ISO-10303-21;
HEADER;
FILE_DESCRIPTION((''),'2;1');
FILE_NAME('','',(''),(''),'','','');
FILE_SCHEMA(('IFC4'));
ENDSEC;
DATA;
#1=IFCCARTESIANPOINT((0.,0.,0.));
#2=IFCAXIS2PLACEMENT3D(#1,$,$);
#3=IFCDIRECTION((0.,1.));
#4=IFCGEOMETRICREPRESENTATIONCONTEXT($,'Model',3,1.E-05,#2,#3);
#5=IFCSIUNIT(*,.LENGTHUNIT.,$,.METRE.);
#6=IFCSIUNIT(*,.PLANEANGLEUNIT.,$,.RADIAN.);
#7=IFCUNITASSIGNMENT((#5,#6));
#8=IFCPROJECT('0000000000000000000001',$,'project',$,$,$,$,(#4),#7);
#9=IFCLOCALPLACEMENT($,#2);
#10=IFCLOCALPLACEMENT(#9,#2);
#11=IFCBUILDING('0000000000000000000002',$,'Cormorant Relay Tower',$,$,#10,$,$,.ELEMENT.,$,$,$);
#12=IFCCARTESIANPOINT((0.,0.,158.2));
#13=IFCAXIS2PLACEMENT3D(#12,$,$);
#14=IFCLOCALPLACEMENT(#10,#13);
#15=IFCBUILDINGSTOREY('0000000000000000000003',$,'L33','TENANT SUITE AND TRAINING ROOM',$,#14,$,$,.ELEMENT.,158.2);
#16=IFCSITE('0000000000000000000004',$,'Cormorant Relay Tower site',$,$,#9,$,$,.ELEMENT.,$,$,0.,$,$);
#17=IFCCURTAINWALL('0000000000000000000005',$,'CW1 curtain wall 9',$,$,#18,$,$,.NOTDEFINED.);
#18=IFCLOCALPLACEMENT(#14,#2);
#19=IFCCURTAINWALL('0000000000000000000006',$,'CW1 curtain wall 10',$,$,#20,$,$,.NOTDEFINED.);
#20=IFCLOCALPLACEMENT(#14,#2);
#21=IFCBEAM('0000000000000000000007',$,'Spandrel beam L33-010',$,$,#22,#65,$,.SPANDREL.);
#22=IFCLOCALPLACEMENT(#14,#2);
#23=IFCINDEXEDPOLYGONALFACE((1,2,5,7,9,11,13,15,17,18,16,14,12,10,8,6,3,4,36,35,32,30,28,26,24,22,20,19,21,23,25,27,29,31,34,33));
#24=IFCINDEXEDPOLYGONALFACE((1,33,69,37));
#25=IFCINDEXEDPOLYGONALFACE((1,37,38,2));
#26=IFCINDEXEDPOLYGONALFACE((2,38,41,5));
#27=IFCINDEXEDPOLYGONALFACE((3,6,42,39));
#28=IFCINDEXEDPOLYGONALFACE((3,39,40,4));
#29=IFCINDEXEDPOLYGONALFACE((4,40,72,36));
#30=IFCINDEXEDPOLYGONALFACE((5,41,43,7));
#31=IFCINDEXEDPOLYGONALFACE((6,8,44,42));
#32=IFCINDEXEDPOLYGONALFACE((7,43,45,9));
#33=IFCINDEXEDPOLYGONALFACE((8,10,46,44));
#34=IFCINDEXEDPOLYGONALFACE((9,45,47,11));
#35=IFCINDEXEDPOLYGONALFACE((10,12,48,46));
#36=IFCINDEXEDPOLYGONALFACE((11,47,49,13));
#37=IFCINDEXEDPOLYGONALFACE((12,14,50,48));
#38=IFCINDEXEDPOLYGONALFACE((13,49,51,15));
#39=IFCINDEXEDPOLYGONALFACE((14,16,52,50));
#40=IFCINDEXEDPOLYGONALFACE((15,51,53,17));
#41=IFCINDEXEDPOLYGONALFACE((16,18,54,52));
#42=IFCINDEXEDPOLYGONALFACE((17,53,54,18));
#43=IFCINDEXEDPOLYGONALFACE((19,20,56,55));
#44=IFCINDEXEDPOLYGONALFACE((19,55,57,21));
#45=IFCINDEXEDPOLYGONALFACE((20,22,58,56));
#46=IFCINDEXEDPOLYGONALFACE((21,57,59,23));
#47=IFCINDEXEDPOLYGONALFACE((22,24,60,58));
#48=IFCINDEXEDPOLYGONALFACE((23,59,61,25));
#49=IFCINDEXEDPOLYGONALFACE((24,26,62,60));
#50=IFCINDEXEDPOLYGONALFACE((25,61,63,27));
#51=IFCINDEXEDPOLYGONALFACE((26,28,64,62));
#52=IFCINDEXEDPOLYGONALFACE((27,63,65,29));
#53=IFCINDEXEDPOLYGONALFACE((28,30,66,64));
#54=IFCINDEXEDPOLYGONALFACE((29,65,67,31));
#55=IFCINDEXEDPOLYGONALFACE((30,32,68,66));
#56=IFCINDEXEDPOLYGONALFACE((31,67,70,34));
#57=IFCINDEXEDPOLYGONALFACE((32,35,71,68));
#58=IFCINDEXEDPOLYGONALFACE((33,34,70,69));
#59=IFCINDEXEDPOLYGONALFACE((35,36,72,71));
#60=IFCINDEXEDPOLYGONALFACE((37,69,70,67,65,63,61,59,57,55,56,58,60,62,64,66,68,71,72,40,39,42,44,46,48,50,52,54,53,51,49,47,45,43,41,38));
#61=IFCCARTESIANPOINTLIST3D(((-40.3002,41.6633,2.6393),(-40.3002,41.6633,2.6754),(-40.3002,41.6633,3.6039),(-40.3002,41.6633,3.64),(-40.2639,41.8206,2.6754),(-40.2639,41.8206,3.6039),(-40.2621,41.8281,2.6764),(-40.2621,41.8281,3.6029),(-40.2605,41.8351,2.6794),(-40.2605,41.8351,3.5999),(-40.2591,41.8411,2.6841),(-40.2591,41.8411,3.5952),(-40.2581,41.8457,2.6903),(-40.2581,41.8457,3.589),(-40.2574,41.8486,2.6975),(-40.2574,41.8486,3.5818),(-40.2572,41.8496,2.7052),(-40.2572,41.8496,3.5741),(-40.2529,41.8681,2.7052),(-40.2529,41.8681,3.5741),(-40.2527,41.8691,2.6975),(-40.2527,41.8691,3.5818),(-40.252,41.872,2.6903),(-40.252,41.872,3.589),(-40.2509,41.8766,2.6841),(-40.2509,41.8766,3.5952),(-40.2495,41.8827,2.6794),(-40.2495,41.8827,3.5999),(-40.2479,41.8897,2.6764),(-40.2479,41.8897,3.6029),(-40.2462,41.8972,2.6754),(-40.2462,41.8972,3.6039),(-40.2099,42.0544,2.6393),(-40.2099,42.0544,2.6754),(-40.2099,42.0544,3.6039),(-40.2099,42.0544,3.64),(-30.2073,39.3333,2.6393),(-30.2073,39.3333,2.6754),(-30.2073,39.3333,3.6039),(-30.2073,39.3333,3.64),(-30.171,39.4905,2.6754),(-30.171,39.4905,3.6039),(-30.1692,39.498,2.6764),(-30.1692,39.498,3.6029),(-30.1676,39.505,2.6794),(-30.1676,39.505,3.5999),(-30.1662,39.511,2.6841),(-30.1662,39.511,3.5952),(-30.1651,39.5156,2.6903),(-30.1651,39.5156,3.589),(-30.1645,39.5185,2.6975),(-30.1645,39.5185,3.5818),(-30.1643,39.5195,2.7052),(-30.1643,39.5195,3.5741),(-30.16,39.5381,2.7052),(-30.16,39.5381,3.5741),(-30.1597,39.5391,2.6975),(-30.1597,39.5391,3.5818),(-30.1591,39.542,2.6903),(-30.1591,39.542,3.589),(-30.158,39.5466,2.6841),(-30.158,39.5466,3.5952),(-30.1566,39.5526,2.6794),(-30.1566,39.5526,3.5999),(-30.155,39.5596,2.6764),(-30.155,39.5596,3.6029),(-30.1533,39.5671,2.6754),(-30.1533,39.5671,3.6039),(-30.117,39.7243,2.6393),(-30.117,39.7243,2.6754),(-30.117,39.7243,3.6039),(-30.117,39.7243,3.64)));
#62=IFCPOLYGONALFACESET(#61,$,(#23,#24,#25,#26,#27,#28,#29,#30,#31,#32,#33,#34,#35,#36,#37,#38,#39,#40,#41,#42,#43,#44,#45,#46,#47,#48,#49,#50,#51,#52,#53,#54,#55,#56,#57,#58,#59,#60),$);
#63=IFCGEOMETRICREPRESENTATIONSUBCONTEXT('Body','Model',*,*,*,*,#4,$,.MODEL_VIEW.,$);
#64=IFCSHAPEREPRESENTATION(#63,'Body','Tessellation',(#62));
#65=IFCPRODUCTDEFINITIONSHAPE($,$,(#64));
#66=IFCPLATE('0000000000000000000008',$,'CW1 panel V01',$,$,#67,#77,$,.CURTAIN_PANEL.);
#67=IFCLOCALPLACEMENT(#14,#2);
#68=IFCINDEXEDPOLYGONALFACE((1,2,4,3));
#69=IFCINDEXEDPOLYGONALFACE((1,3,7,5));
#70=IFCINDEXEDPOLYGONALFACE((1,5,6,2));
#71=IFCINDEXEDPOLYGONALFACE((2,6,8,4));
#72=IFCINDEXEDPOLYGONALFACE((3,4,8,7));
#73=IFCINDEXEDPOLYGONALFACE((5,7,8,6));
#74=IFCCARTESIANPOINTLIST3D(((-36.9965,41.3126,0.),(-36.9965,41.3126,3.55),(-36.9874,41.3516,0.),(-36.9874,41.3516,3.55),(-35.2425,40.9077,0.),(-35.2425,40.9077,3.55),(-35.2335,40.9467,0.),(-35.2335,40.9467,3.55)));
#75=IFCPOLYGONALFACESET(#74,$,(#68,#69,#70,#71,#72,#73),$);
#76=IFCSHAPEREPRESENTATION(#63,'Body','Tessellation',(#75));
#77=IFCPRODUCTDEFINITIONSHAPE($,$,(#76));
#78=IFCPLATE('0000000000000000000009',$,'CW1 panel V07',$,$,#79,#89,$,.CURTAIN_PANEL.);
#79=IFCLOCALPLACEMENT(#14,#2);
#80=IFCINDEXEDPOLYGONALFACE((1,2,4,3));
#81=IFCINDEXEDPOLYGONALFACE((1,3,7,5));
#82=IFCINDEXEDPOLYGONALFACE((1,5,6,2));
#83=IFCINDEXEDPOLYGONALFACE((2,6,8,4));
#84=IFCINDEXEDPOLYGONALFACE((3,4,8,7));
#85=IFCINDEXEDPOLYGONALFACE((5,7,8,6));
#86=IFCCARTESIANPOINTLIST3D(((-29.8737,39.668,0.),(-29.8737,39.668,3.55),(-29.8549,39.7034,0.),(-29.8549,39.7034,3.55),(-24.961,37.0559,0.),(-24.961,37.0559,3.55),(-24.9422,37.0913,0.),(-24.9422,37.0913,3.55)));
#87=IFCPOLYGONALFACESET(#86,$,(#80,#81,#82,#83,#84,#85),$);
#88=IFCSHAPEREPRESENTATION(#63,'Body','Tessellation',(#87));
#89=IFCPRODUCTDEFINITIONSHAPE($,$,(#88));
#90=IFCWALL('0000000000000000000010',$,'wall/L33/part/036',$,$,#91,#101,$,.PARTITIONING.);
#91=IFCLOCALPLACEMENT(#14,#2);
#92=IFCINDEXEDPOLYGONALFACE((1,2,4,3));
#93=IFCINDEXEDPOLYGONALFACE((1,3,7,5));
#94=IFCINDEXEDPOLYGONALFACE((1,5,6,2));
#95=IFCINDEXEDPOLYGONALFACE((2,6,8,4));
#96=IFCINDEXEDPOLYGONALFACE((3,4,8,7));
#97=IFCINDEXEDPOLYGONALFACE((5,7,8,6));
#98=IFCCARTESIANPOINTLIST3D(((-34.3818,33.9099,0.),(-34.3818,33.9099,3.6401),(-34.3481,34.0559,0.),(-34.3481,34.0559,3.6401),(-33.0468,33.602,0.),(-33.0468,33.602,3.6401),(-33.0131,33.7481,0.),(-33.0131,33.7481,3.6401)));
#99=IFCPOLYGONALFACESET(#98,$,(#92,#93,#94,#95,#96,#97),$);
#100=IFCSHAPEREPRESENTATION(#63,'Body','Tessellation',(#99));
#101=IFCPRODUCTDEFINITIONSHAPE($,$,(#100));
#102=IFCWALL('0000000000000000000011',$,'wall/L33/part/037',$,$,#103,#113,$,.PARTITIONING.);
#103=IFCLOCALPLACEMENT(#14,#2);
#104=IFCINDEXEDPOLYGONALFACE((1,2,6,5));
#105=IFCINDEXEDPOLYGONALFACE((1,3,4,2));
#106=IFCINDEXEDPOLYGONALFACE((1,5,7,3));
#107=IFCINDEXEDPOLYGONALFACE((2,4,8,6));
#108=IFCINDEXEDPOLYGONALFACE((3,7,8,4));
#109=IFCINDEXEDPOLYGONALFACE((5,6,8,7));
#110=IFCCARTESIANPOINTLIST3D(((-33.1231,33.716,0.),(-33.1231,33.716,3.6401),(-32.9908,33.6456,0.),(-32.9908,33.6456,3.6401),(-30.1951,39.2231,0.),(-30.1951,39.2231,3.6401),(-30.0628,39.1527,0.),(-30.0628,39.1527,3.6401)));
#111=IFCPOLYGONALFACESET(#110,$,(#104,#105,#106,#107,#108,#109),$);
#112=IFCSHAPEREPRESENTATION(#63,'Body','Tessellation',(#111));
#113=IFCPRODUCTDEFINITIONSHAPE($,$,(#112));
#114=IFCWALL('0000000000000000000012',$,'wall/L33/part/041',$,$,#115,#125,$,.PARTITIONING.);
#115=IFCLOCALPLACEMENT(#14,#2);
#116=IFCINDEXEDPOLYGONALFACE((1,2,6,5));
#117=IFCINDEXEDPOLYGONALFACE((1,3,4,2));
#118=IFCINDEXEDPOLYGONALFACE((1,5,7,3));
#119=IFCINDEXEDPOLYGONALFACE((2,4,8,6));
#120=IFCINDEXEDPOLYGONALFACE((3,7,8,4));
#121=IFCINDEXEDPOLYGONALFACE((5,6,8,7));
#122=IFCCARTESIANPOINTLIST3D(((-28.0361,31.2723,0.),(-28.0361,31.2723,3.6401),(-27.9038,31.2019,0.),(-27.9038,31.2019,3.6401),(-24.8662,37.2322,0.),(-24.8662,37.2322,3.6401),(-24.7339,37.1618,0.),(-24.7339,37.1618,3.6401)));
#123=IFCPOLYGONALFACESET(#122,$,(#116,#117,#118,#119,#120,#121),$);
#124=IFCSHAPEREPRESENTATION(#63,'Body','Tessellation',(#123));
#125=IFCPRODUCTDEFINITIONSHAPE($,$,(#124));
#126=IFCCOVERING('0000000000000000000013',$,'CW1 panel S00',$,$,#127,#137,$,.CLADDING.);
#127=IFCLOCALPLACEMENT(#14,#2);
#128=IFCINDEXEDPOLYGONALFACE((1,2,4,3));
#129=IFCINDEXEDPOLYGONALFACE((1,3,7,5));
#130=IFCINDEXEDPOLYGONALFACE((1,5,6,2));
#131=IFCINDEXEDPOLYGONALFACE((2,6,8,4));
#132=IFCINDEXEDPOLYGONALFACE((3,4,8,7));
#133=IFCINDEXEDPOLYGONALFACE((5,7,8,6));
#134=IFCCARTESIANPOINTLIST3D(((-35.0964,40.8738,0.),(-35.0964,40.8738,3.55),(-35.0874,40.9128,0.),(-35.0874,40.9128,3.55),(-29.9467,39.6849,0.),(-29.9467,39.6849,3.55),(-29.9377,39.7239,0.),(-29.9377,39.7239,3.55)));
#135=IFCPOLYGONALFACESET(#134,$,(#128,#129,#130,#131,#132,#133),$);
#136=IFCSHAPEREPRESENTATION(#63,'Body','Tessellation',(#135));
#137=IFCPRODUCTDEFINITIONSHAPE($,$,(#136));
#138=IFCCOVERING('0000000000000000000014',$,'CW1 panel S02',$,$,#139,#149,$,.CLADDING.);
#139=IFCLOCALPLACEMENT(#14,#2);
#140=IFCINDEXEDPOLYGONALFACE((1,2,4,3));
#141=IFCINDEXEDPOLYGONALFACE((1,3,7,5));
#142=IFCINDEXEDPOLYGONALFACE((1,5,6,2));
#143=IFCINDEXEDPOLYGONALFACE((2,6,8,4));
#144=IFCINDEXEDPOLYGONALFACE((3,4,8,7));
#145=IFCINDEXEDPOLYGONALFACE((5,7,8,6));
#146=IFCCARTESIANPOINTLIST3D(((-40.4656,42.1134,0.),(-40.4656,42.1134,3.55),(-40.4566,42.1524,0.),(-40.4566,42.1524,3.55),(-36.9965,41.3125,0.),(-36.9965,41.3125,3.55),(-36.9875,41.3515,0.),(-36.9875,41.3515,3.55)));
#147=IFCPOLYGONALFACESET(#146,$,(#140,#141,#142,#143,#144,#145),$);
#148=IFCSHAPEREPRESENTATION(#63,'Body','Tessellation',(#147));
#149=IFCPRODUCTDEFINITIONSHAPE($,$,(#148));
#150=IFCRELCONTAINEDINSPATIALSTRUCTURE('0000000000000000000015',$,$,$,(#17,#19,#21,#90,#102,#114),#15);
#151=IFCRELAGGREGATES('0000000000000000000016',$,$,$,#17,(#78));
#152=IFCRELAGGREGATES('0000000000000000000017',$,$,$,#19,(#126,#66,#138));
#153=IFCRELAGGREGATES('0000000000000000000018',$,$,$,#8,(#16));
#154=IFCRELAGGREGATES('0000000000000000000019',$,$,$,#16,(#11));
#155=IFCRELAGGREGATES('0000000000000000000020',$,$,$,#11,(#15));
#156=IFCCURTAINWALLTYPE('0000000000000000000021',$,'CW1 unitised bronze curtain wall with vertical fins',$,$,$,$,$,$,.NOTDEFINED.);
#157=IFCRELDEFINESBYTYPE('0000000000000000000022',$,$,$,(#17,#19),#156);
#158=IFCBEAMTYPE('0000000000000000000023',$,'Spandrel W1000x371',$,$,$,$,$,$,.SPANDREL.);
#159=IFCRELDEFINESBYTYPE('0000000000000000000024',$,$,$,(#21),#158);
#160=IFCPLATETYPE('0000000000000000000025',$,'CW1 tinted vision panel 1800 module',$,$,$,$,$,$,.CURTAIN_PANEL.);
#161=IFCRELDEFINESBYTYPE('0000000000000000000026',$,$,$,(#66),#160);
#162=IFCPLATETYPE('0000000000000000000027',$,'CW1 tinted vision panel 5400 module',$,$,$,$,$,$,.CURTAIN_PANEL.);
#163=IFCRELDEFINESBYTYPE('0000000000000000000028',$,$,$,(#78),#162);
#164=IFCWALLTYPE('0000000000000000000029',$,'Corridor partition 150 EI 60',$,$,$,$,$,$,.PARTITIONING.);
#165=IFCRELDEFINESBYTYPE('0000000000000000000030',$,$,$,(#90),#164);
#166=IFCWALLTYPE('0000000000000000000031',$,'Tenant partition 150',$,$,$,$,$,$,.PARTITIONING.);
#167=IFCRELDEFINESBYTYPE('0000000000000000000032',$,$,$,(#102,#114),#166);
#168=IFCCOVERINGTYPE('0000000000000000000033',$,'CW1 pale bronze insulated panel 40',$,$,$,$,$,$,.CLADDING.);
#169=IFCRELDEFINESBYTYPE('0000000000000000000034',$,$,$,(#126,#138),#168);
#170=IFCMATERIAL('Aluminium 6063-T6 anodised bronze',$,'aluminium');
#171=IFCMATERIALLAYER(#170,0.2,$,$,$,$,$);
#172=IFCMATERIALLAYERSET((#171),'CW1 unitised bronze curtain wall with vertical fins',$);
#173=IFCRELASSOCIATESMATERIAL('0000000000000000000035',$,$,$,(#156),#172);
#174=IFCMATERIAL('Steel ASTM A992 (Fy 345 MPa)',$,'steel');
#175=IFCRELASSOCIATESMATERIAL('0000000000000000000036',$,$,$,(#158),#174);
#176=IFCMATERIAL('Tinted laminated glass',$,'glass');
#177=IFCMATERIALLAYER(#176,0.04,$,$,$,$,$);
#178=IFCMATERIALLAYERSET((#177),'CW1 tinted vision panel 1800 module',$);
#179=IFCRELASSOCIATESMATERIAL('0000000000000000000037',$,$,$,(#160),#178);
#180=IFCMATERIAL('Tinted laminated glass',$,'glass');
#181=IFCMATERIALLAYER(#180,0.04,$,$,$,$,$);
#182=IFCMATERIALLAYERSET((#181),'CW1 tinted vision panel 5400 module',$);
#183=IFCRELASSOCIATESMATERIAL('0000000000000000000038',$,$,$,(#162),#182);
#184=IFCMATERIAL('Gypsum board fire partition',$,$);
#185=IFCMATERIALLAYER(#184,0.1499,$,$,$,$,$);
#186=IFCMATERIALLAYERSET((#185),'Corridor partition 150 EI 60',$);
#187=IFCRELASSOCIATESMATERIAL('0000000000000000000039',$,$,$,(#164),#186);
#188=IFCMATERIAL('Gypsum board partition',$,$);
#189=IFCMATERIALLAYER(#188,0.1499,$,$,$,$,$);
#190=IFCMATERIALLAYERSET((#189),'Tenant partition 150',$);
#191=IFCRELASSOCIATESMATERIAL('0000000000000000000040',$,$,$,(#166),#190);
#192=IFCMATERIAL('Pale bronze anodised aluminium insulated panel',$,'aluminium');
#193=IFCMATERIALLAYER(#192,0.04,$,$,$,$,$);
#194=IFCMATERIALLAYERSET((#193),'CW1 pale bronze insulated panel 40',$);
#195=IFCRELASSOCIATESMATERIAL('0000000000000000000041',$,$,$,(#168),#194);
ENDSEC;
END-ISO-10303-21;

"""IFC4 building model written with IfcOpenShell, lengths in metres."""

from ifc_helpers import new_model, si_unit, direction, frame, frame_2d, origin, origin_2d, place, context, subcontext, project, spatial, rectangle, i_section, extrude, material, layer, layer_set, material_profile, profile_set, type_object, element, aggregate, save


model = new_model("IFC4")

# Units and contexts
model_context = context("Model", 3, precision=1e-05, world=origin(), true_north=direction((0.0, 1.0)))
body_context = subcontext(model_context, "Body", "Model", "MODEL_VIEW")
ifc_project = project(units=[si_unit("LENGTHUNIT", "METRE"), si_unit("PLANEANGLEUNIT", "RADIAN")], contexts=[model_context])

# Site, building, storey
site_placement = place(None, origin())
site = spatial("IfcSite", under=ifc_project, at=site_placement, Name="Cormorant Relay Tower site", CompositionType="ELEMENT", RefElevation=0.0)
building_placement = place(site_placement, origin())
building = spatial("IfcBuilding", under=site, at=building_placement, Name="Cormorant Relay Tower", CompositionType="ELEMENT")
storey_placement = place(building_placement, frame((0.0, 0.0, 158.2)))
storey = spatial("IfcBuildingStorey", under=building, at=storey_placement, Name="L33", Description="TENANT SUITE AND TRAINING ROOM", CompositionType="ELEMENT", Elevation=158.2)

# Curtain wall
ifc_material_1 = material(Name="Aluminium 6063-T6 anodised bronze", Category="aluminium")
ifc_layer_1 = layer(ifc_material_1, 0.2)
ifc_layer_set_1 = layer_set([ifc_layer_1], Name="CW1 unitised bronze curtain wall with vertical fins")
curtain_wall_type = type_object("IfcCurtainWallType", Name="CW1 unitised bronze curtain wall with vertical fins", PredefinedType="NOTDEFINED", material=ifc_layer_set_1)
curtain_wall_1_placement = place(storey_placement, origin())
curtain_wall_1 = element("IfcCurtainWall", 1, at=curtain_wall_1_placement, inside=storey, type_object=curtain_wall_type, Name="CW1 curtain wall 9", PredefinedType="NOTDEFINED")

# Curtain wall
curtain_wall_2_placement = place(storey_placement, origin())
curtain_wall_2 = element("IfcCurtainWall", 2, at=curtain_wall_2_placement, inside=storey, type_object=curtain_wall_type, Name="CW1 curtain wall 10", PredefinedType="NOTDEFINED")

# Beam
ifc_material_2 = material(Name="Steel ASTM A992 (Fy 345 MPa)", Category="steel")
ifc_material_profile_1 = material_profile(ifc_material_2, i_section(OverallWidth=0.4014, OverallDepth=1.0007, WebThickness=0.019, FlangeThickness=0.0361, FilletRadius=0.0298, at=origin_2d()), Name="W1000x371")
ifc_profile_set_1 = profile_set([ifc_material_profile_1], Name="Steel ASTM A992 (Fy 345 MPa)")
beam_type = type_object("IfcBeamType", Name="Spandrel W1000x371", PredefinedType="SPANDREL", material=ifc_profile_set_1)
beam_placement = place(storey_placement, frame((-30.1621, 39.5288, 3.1396), z_axis=(-0.974372, 0.224944, 0.0), x_axis=(-0.224944, -0.974372, 0.0)))
element("IfcBeam", 3, at=beam_placement, inside=storey, type_object=beam_type, Name="Spandrel beam L33-010", PredefinedType="SPANDREL", context=body_context, shape_type="SweptSolid", body=[
    extrude(i_section(OverallWidth=0.4014, OverallDepth=1.0007, WebThickness=0.019, FlangeThickness=0.0361, FilletRadius=0.0298, at=origin_2d()), origin(), (0.0, 0.0, 1.0), 10.3584),
])

# Plates
ifc_material_3 = material(Name="Tinted laminated glass", Category="glass")
ifc_layer_2 = layer(ifc_material_3, 0.04)
ifc_layer_set_2 = layer_set([ifc_layer_2], Name="CW1 tinted vision panel 1800 module")
plate_type_1 = type_object("IfcPlateType", Name="CW1 tinted vision panel 1800 module", PredefinedType="CURTAIN_PANEL", material=ifc_layer_set_2)
plate_1_placement = place(storey_placement, frame((-36.115, 41.1296, 0.0), z_axis=(0.0, 0.0, 1.0), x_axis=(-0.97437, 0.224951, 0.0)))
plate_1 = element("IfcPlate", 4, at=plate_1_placement, type_object=plate_type_1, Name="CW1 panel V01", PredefinedType="CURTAIN_PANEL", context=body_context, shape_type="SweptSolid", body=[
    extrude(rectangle(XDim=1.8, YDim=0.04, at=origin_2d()), origin(), (0.0, 0.0, 1.0), 3.55),
])
ifc_material_4 = material(Name="Tinted laminated glass", Category="glass")
ifc_layer_3 = layer(ifc_material_4, 0.04)
ifc_layer_set_3 = layer_set([ifc_layer_3], Name="CW1 tinted vision panel 5400 module")
plate_type_2 = type_object("IfcPlateType", Name="CW1 tinted vision panel 5400 module", PredefinedType="CURTAIN_PANEL", material=ifc_layer_set_3)
plate_2_placement = place(storey_placement, frame((-27.408, 38.3796, 0.0), z_axis=(0.0, 0.0, 1.0), x_axis=(-0.882948, 0.469472, 0.0)))
plate_2 = element("IfcPlate", 5, at=plate_2_placement, type_object=plate_type_2, Name="CW1 panel V07", PredefinedType="CURTAIN_PANEL", context=body_context, shape_type="SweptSolid", body=[
    extrude(rectangle(XDim=5.564, YDim=0.04, at=origin_2d()), origin(), (0.0, 0.0, 1.0), 3.55),
])
aggregate(curtain_wall_1, [plate_2])

# Walls
ifc_material_5 = material(Name="Gypsum board fire partition")
ifc_layer_4 = layer(ifc_material_5, 0.1499)
ifc_layer_set_4 = layer_set([ifc_layer_4], Name="Corridor partition 150 EI 60")
wall_type_1 = type_object("IfcWallType", Name="Corridor partition 150 EI 60", PredefinedType="PARTITIONING", material=ifc_layer_set_4)
wall_1_placement = place(storey_placement, frame((-34.365, 33.9829, 0.0), z_axis=(0.0, 0.0, 1.0), x_axis=(0.974424, -0.224716, 0.0)))
element("IfcWall", 6, at=wall_1_placement, inside=storey, type_object=wall_type_1, Name="wall/L33/part/036", PredefinedType="PARTITIONING", context=body_context, shape_type="SweptSolid", body=[
    extrude(rectangle(XDim=1.3701, YDim=0.1499, at=frame_2d((0.6851, 0.0))), origin(), (0.0, 0.0, 1.0), 3.6401),
])
ifc_material_6 = material(Name="Gypsum board partition")
ifc_layer_5 = layer(ifc_material_6, 0.1499)
ifc_layer_set_5 = layer_set([ifc_layer_5], Name="Tenant partition 150")
wall_type_2 = type_object("IfcWallType", Name="Tenant partition 150", PredefinedType="PARTITIONING", material=ifc_layer_set_5)
wall_2_placement = place(storey_placement, frame((-30.1289, 39.188, 0.0), z_axis=(0.0, 0.0, 1.0), x_axis=(-0.469448, -0.88296, 0.0)))
element("IfcWall", 7, at=wall_2_placement, inside=storey, type_object=wall_type_2, Name="wall/L33/part/037", PredefinedType="PARTITIONING", context=body_context, shape_type="SweptSolid", body=[
    extrude(rectangle(XDim=6.2371, YDim=0.1499, at=frame_2d((3.1187, 0.0))), origin(), (0.0, 0.0, 1.0), 3.6401),
])
wall_3_placement = place(storey_placement, frame((-24.8, 37.197, 0.0), z_axis=(0.0, 0.0, 1.0), x_axis=(-0.469582, -0.882889, 0.0)))
element("IfcWall", 8, at=wall_3_placement, inside=storey, type_object=wall_type_2, Name="wall/L33/part/041", PredefinedType="PARTITIONING", context=body_context, shape_type="SweptSolid", body=[
    extrude(rectangle(XDim=6.7505, YDim=0.1499, at=frame_2d((3.3752, 0.0))), origin(), (0.0, 0.0, 1.0), 3.6401),
])

# Coverings
ifc_material_7 = material(Name="Pale bronze anodised aluminium insulated panel", Category="aluminium")
ifc_layer_6 = layer(ifc_material_7, 0.04)
ifc_layer_set_6 = layer_set([ifc_layer_6], Name="CW1 pale bronze insulated panel 40")
covering_type = type_object("IfcCoveringType", Name="CW1 pale bronze insulated panel 40", PredefinedType="CLADDING", material=ifc_layer_set_6)
covering_1_placement = place(storey_placement, frame((-32.5171, 40.2988, 0.0), z_axis=(0.0, 0.0, 1.0), x_axis=(-0.97437, 0.224951, 0.0)))
covering_1 = element("IfcCovering", 9, at=covering_1_placement, type_object=covering_type, Name="CW1 panel S00", PredefinedType="CLADDING", context=body_context, shape_type="SweptSolid", body=[
    extrude(rectangle(XDim=5.2852, YDim=0.04, at=origin_2d()), origin(), (0.0, 0.0, 1.0), 3.55),
])
covering_2_placement = place(storey_placement, frame((-38.7266, 41.7324, 0.0), z_axis=(0.0, 0.0, 1.0), x_axis=(-0.97437, 0.224951, 0.0)))
covering_2 = element("IfcCovering", 10, at=covering_2_placement, type_object=covering_type, Name="CW1 panel S02", PredefinedType="CLADDING", context=body_context, shape_type="SweptSolid", body=[
    extrude(rectangle(XDim=3.5603, YDim=0.04, at=origin_2d()), origin(), (0.0, 0.0, 1.0), 3.55),
])
aggregate(curtain_wall_2, [covering_1, plate_1, covering_2])

save(model, "model.ifc")
